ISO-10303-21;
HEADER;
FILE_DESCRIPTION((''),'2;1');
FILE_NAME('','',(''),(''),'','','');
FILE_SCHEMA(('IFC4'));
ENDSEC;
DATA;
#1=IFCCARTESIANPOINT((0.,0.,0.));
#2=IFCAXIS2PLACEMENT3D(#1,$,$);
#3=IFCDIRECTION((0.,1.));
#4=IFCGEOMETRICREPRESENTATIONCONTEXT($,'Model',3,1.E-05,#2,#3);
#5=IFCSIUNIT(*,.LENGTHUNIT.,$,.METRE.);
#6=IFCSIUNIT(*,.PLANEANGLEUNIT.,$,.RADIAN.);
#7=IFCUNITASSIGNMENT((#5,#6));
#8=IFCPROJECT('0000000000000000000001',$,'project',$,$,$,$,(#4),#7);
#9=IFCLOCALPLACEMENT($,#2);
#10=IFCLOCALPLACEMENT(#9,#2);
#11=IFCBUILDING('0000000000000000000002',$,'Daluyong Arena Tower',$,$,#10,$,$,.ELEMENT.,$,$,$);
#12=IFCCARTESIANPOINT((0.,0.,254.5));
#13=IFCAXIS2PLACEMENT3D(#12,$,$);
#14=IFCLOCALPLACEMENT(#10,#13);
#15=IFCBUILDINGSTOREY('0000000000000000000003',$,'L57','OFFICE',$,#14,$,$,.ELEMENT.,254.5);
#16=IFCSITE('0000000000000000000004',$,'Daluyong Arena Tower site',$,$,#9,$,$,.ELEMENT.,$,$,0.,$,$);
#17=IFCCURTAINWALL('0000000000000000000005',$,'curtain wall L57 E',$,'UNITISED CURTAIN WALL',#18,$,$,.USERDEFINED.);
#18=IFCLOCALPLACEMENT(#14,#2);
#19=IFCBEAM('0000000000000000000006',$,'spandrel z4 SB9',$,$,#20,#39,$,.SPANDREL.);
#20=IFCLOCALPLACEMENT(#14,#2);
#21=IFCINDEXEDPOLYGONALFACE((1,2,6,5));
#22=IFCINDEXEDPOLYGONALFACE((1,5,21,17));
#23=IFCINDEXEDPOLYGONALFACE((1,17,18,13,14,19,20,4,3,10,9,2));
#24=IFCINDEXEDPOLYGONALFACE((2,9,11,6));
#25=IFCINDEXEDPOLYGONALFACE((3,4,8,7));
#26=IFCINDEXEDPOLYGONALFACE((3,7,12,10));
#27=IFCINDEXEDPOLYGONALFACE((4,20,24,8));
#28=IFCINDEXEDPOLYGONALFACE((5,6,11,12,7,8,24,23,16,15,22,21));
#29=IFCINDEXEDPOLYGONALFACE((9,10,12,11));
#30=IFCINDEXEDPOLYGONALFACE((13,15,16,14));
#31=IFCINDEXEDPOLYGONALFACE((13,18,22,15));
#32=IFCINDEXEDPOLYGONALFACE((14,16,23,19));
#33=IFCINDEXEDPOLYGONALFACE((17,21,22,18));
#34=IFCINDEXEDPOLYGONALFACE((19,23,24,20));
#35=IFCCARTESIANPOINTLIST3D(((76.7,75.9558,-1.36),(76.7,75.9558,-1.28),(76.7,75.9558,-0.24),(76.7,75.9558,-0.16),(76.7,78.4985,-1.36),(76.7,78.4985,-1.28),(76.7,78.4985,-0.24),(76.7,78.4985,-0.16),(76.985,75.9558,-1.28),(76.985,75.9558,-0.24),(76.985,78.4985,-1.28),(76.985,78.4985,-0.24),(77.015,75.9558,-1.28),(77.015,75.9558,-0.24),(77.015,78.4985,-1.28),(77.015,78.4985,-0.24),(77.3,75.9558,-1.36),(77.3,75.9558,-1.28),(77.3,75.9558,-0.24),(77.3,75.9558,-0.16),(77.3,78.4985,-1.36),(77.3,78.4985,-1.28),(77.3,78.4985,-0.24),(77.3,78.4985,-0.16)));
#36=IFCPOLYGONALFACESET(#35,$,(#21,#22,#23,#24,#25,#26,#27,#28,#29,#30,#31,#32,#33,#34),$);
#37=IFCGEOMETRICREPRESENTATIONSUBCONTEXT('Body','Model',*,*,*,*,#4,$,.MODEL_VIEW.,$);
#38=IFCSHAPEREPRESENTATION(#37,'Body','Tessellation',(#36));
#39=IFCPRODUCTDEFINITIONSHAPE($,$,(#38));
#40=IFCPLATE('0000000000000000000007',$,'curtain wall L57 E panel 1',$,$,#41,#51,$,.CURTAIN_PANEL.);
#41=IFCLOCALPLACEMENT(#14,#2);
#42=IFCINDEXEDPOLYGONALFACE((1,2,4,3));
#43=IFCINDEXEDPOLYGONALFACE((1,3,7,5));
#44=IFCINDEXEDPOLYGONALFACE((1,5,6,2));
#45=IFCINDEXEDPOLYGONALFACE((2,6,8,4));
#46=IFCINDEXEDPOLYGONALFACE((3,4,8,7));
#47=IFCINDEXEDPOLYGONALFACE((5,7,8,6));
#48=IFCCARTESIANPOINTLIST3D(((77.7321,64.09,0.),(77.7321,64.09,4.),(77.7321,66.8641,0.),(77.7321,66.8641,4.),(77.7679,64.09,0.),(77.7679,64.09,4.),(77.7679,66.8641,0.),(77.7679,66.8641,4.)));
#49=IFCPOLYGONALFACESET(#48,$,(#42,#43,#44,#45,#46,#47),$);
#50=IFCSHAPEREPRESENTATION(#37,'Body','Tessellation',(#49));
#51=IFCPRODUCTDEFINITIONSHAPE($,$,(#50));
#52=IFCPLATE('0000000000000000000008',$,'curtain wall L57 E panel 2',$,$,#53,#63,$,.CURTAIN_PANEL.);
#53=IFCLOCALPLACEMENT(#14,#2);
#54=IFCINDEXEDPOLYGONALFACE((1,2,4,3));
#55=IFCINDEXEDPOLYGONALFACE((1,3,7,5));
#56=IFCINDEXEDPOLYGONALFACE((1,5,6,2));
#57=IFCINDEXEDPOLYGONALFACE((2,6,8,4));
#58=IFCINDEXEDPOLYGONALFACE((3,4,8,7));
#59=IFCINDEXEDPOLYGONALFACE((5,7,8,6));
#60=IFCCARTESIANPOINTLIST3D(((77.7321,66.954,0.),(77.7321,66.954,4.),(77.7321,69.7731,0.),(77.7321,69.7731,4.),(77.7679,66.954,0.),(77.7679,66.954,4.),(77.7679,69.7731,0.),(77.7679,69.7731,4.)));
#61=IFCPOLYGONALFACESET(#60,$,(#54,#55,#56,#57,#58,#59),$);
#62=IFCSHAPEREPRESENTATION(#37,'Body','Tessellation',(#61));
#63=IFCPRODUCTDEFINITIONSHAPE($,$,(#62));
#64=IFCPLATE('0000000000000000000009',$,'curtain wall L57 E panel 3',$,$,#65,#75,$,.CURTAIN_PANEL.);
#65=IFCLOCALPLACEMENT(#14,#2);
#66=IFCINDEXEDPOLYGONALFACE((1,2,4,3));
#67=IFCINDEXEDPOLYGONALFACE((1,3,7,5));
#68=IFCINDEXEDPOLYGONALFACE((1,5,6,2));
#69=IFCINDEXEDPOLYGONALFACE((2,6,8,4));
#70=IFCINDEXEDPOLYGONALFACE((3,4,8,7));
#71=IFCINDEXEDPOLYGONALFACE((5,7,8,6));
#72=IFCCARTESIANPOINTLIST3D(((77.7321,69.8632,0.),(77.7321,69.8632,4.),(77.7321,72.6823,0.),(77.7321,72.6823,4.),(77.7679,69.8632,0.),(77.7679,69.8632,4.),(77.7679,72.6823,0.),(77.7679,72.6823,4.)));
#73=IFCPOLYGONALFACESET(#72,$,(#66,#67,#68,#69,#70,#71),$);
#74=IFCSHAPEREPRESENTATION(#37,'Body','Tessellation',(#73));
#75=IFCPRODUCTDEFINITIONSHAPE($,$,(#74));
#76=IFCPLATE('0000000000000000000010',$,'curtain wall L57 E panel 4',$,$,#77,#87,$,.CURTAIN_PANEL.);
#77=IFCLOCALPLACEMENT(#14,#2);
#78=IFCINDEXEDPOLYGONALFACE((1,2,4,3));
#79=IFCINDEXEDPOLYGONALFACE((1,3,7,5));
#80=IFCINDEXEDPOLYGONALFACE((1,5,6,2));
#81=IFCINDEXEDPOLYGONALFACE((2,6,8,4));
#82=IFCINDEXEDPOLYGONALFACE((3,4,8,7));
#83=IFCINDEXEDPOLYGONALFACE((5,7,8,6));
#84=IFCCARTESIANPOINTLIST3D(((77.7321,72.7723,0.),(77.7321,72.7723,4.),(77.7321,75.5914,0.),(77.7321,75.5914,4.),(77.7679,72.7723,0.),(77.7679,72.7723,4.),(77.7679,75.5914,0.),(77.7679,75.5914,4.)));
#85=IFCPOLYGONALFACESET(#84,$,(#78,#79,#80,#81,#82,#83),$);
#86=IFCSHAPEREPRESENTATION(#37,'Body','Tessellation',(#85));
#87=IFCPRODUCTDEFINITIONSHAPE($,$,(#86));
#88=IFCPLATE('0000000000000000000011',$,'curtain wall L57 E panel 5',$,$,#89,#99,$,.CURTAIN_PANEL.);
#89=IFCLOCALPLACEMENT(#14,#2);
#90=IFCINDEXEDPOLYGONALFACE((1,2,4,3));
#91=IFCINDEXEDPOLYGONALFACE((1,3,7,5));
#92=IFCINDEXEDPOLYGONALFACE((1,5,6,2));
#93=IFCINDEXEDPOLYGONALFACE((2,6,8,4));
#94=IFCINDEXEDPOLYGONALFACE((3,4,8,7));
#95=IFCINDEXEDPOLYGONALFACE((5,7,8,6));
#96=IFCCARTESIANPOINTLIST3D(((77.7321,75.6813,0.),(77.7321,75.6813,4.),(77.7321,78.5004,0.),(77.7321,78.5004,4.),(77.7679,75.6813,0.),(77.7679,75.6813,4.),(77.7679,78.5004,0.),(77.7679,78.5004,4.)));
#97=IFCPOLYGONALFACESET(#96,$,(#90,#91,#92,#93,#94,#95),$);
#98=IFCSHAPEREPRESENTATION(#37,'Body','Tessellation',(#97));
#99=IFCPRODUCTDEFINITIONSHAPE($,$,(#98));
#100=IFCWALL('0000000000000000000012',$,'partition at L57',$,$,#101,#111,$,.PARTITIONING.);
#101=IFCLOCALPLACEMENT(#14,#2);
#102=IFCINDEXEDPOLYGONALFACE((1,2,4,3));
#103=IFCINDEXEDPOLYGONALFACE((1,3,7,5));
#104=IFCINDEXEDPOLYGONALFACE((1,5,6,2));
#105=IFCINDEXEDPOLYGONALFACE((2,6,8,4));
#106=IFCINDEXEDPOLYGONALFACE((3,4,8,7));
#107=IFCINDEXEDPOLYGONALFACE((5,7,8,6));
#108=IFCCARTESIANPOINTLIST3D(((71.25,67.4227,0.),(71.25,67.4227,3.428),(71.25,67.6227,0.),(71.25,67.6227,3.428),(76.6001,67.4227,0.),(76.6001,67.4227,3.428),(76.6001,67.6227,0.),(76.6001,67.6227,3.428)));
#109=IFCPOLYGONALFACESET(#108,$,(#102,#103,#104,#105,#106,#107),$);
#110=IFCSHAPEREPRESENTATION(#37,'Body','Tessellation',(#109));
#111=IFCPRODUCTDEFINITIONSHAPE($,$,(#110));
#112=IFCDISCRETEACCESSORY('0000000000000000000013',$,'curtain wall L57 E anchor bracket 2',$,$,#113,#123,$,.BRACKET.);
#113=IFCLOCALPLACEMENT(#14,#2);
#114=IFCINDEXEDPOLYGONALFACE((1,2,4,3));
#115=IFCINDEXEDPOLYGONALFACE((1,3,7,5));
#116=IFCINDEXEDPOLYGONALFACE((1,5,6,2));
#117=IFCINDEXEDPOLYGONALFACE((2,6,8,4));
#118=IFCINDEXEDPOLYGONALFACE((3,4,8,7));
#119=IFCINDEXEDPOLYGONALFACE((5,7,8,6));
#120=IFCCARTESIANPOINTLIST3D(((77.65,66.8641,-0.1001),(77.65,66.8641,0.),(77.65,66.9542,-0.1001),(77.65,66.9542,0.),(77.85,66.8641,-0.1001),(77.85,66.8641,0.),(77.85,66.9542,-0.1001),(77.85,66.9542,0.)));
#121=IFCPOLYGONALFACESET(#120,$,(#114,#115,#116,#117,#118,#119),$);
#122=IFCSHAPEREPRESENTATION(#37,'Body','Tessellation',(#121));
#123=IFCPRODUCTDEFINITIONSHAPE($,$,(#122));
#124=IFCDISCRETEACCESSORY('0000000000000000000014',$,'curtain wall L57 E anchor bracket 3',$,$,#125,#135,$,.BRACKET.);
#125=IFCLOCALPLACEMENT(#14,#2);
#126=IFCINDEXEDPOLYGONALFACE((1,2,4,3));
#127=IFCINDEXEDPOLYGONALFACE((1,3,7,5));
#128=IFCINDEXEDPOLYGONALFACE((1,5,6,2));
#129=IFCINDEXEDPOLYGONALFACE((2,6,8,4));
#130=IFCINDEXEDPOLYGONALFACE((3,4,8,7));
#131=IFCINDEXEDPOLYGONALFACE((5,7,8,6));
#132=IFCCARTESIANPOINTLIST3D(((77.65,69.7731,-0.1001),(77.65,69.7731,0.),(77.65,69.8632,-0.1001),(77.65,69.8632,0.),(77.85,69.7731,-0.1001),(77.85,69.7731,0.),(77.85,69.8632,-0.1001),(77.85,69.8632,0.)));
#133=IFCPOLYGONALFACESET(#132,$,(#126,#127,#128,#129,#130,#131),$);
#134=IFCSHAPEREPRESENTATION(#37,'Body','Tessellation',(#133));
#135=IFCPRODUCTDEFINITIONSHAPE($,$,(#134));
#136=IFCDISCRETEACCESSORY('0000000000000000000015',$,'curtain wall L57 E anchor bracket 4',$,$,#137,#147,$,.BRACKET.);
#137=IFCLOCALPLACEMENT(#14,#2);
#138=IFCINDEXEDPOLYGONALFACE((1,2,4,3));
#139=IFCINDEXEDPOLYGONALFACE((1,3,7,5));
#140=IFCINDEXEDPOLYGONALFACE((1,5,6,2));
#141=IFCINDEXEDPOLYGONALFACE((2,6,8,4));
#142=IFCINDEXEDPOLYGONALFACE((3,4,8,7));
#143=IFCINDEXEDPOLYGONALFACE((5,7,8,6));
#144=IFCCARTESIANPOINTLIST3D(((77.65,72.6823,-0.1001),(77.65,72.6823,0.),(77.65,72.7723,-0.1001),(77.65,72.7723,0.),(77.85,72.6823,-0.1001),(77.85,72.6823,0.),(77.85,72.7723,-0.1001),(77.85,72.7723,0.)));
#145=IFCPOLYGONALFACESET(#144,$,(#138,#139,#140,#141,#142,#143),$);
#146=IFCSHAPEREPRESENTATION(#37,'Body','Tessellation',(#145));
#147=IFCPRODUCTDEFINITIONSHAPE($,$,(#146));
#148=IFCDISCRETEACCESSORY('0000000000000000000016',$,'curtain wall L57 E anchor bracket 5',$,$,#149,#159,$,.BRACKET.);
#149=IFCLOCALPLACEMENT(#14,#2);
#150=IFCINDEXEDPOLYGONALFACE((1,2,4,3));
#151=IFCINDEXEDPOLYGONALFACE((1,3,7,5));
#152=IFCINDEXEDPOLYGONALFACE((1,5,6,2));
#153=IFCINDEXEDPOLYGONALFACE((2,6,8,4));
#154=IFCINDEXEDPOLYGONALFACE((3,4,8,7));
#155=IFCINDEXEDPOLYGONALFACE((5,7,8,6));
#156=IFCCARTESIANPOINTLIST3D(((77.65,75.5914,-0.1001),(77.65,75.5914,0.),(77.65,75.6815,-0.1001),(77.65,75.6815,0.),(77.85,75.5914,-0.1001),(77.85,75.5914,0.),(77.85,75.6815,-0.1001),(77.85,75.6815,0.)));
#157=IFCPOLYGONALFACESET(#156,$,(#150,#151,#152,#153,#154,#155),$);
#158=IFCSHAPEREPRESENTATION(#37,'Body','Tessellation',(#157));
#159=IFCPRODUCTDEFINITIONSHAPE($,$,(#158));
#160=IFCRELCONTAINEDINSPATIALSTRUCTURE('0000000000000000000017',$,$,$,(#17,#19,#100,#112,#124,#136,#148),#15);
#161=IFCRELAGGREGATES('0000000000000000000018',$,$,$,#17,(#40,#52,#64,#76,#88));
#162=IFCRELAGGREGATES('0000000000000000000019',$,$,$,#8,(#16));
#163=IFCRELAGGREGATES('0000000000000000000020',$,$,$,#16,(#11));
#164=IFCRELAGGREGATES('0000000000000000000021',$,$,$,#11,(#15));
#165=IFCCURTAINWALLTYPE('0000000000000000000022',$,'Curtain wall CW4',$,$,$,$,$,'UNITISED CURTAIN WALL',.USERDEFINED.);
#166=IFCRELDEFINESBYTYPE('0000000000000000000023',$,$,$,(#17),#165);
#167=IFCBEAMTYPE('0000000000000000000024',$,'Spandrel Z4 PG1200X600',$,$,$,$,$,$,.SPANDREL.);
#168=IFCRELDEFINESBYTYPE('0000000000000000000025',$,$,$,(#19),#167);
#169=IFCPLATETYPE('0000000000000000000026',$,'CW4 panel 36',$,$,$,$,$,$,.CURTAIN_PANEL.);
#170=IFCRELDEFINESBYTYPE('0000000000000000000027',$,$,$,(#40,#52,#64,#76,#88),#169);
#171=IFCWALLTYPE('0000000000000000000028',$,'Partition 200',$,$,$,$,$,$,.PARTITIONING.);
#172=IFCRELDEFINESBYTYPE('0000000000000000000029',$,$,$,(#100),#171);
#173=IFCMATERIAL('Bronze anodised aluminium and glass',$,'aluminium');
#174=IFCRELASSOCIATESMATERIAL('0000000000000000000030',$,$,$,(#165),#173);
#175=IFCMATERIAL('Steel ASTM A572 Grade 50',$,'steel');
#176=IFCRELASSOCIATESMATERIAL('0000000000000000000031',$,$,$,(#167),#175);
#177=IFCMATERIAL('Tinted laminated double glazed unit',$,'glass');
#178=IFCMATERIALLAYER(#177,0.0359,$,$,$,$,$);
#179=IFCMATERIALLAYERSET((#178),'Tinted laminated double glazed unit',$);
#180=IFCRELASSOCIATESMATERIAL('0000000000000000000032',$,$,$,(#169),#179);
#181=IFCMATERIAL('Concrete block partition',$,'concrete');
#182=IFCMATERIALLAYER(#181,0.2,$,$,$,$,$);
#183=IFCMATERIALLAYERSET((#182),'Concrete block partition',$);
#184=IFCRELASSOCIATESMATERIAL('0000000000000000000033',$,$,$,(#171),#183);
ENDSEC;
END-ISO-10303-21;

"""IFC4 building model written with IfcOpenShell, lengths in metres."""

from ifc_helpers import new_model, si_unit, direction, frame, frame_2d, origin, origin_2d, place, context, subcontext, project, spatial, rectangle, i_section, extrude, material, layer, layer_set, material_profile, profile_set, type_object, element, aggregate, save


model = new_model("IFC4")

# Units and contexts
model_context = context("Model", 3, precision=1e-05, world=origin(), true_north=direction((0.0, 1.0)))
body_context = subcontext(model_context, "Body", "Model", "MODEL_VIEW")
ifc_project = project(units=[si_unit("LENGTHUNIT", "METRE"), si_unit("PLANEANGLEUNIT", "RADIAN")], contexts=[model_context])

# Site, building, storey
site_placement = place(None, origin())
site = spatial("IfcSite", under=ifc_project, at=site_placement, Name="Daluyong Arena Tower site", CompositionType="ELEMENT", RefElevation=0.0)
building_placement = place(site_placement, origin())
building = spatial("IfcBuilding", under=site, at=building_placement, Name="Daluyong Arena Tower", CompositionType="ELEMENT")
storey_placement = place(building_placement, frame((0.0, 0.0, 254.5)))
storey = spatial("IfcBuildingStorey", under=building, at=storey_placement, Name="L57", Description="OFFICE", CompositionType="ELEMENT", Elevation=254.5)

# Curtain wall
ifc_material_1 = material(Name="Bronze anodised aluminium and glass", Category="aluminium")
curtain_wall_type = type_object("IfcCurtainWallType", Name="Curtain wall CW4", ElementType="UNITISED CURTAIN WALL", PredefinedType="USERDEFINED", material=ifc_material_1)
curtain_wall_placement = place(storey_placement, origin())
curtain_wall = element("IfcCurtainWall", 1, at=curtain_wall_placement, inside=storey, type_object=curtain_wall_type, Name="curtain wall L57 E", ObjectType="UNITISED CURTAIN WALL", PredefinedType="USERDEFINED")

# Beam
ifc_material_2 = material(Name="Steel ASTM A572 Grade 50", Category="steel")
ifc_material_profile_1 = material_profile(ifc_material_2, i_section(OverallWidth=0.6001, OverallDepth=1.2, WebThickness=0.03, FlangeThickness=0.08, at=origin_2d()))
ifc_profile_set_1 = profile_set([ifc_material_profile_1], Name="Steel ASTM A572 Grade 50")
beam_type_1 = type_object("IfcBeamType", Name="Spandrel Z4 PG1200X600", PredefinedType="SPANDREL", material=ifc_profile_set_1)
for number, where, z_axis, x_axis, name in (
    (2, (77.0, 75.9558, -0.76), (0.0, 1.0, 0.0), (-1.0, 0.0, 0.0), "spandrel z4 SB9"),
):
    element("IfcBeam", number, at=place(storey_placement, frame(where, z_axis=z_axis, x_axis=x_axis)), inside=storey, type_object=beam_type_1, Name=name, PredefinedType="SPANDREL", context=body_context, shape_type="SweptSolid", body=[
        extrude(i_section(OverallWidth=0.6001, OverallDepth=1.2, WebThickness=0.03, FlangeThickness=0.08, at=origin_2d()), origin(), (0.0, 0.0, 1.0), 2.5427),
    ])

# Plates
ifc_material_3 = material(Name="Tinted laminated double glazed unit", Category="glass")
ifc_layer_1 = layer(ifc_material_3, 0.0359)
ifc_layer_set_1 = layer_set([ifc_layer_1], Name="Tinted laminated double glazed unit")
plate_type = type_object("IfcPlateType", Name="CW4 panel 36", PredefinedType="CURTAIN_PANEL", material=ifc_layer_set_1)
plate_1_placement = place(storey_placement, frame((77.75, 65.4771, 0.0), z_axis=(0.0, 0.0, 1.0), x_axis=(0.0, 1.0, 0.0)))
plate_1 = element("IfcPlate", 3, at=plate_1_placement, type_object=plate_type, Name="curtain wall L57 E panel 1", PredefinedType="CURTAIN_PANEL", context=body_context, shape_type="SweptSolid", body=[
    extrude(rectangle(XDim=2.7742, YDim=0.0359, at=origin_2d()), origin(), (0.0, 0.0, 1.0), 4.0),
])
plate_2_placement = place(storey_placement, frame((77.75, 68.3635, 0.0), z_axis=(0.0, 0.0, 1.0), x_axis=(0.0, 1.0, 0.0)))
plate_2 = element("IfcPlate", 4, at=plate_2_placement, type_object=plate_type, Name="curtain wall L57 E panel 2", PredefinedType="CURTAIN_PANEL", context=body_context, shape_type="SweptSolid", body=[
    extrude(rectangle(XDim=2.8191, YDim=0.0359, at=origin_2d()), origin(), (0.0, 0.0, 1.0), 4.0),
])
plate_3_placement = place(storey_placement, frame((77.75, 71.2727, 0.0), z_axis=(0.0, 0.0, 1.0), x_axis=(0.0, 1.0, 0.0)))
plate_3 = element("IfcPlate", 5, at=plate_3_placement, type_object=plate_type, Name="curtain wall L57 E panel 3", PredefinedType="CURTAIN_PANEL", context=body_context, shape_type="SweptSolid", body=[
    extrude(rectangle(XDim=2.8191, YDim=0.0359, at=origin_2d()), origin(), (0.0, 0.0, 1.0), 4.0),
])
plate_4_placement = place(storey_placement, frame((77.75, 74.1819, 0.0), z_axis=(0.0, 0.0, 1.0), x_axis=(0.0, 1.0, 0.0)))
plate_4 = element("IfcPlate", 6, at=plate_4_placement, type_object=plate_type, Name="curtain wall L57 E panel 4", PredefinedType="CURTAIN_PANEL", context=body_context, shape_type="SweptSolid", body=[
    extrude(rectangle(XDim=2.8191, YDim=0.0359, at=origin_2d()), origin(), (0.0, 0.0, 1.0), 4.0),
])
plate_5_placement = place(storey_placement, frame((77.75, 77.0908, 0.0), z_axis=(0.0, 0.0, 1.0), x_axis=(0.0, 1.0, 0.0)))
plate_5 = element("IfcPlate", 7, at=plate_5_placement, type_object=plate_type, Name="curtain wall L57 E panel 5", PredefinedType="CURTAIN_PANEL", context=body_context, shape_type="SweptSolid", body=[
    extrude(rectangle(XDim=2.8191, YDim=0.0359, at=origin_2d()), origin(), (0.0, 0.0, 1.0), 4.0),
])
aggregate(curtain_wall, [plate_1, plate_2, plate_3, plate_4, plate_5])

# Wall
ifc_material_4 = material(Name="Concrete block partition", Category="concrete")
ifc_layer_2 = layer(ifc_material_4, 0.2)
ifc_layer_set_2 = layer_set([ifc_layer_2], Name="Concrete block partition")
wall_type_1 = type_object("IfcWallType", Name="Partition 200", PredefinedType="PARTITIONING", material=ifc_layer_set_2)
wall_1_placement = place(storey_placement, frame((71.25, 67.5227, 0.0), z_axis=(0.0, 0.0, 1.0), x_axis=(1.0, 0.0, 0.0)))
element("IfcWall", 8, at=wall_1_placement, inside=storey, type_object=wall_type_1, Name="partition at L57", PredefinedType="PARTITIONING", context=body_context, shape_type="SweptSolid", body=[
    extrude(rectangle(XDim=5.3501, YDim=0.2, at=frame_2d((2.675, 0.0))), origin(), (0.0, 0.0, 1.0), 3.428),
])

# Discrete accessories
for number, where, z_axis, x_axis, name in (
    (9, (77.75, 66.9092, -0.1001), (0.0, 0.0, 1.0), (0.0, 1.0, 0.0), "curtain wall L57 E anchor bracket 2"),
    (10, (77.75, 69.8181, -0.1001), (0.0, 0.0, 1.0), (0.0, 1.0, 0.0), "curtain wall L57 E anchor bracket 3"),
    (11, (77.75, 72.7273, -0.1001), (0.0, 0.0, 1.0), (0.0, 1.0, 0.0), "curtain wall L57 E anchor bracket 4"),
    (12, (77.75, 75.6365, -0.1001), (0.0, 0.0, 1.0), (0.0, 1.0, 0.0), "curtain wall L57 E anchor bracket 5"),
):
    element("IfcDiscreteAccessory", number, at=place(storey_placement, frame(where, z_axis=z_axis, x_axis=x_axis)), inside=storey, Name=name, PredefinedType="BRACKET", context=body_context, shape_type="SweptSolid", body=[
        extrude(rectangle(XDim=0.0901, YDim=0.2, at=origin_2d()), origin(), (0.0, 0.0, 1.0), 0.1001),
    ])

save(model, "model.ifc")
